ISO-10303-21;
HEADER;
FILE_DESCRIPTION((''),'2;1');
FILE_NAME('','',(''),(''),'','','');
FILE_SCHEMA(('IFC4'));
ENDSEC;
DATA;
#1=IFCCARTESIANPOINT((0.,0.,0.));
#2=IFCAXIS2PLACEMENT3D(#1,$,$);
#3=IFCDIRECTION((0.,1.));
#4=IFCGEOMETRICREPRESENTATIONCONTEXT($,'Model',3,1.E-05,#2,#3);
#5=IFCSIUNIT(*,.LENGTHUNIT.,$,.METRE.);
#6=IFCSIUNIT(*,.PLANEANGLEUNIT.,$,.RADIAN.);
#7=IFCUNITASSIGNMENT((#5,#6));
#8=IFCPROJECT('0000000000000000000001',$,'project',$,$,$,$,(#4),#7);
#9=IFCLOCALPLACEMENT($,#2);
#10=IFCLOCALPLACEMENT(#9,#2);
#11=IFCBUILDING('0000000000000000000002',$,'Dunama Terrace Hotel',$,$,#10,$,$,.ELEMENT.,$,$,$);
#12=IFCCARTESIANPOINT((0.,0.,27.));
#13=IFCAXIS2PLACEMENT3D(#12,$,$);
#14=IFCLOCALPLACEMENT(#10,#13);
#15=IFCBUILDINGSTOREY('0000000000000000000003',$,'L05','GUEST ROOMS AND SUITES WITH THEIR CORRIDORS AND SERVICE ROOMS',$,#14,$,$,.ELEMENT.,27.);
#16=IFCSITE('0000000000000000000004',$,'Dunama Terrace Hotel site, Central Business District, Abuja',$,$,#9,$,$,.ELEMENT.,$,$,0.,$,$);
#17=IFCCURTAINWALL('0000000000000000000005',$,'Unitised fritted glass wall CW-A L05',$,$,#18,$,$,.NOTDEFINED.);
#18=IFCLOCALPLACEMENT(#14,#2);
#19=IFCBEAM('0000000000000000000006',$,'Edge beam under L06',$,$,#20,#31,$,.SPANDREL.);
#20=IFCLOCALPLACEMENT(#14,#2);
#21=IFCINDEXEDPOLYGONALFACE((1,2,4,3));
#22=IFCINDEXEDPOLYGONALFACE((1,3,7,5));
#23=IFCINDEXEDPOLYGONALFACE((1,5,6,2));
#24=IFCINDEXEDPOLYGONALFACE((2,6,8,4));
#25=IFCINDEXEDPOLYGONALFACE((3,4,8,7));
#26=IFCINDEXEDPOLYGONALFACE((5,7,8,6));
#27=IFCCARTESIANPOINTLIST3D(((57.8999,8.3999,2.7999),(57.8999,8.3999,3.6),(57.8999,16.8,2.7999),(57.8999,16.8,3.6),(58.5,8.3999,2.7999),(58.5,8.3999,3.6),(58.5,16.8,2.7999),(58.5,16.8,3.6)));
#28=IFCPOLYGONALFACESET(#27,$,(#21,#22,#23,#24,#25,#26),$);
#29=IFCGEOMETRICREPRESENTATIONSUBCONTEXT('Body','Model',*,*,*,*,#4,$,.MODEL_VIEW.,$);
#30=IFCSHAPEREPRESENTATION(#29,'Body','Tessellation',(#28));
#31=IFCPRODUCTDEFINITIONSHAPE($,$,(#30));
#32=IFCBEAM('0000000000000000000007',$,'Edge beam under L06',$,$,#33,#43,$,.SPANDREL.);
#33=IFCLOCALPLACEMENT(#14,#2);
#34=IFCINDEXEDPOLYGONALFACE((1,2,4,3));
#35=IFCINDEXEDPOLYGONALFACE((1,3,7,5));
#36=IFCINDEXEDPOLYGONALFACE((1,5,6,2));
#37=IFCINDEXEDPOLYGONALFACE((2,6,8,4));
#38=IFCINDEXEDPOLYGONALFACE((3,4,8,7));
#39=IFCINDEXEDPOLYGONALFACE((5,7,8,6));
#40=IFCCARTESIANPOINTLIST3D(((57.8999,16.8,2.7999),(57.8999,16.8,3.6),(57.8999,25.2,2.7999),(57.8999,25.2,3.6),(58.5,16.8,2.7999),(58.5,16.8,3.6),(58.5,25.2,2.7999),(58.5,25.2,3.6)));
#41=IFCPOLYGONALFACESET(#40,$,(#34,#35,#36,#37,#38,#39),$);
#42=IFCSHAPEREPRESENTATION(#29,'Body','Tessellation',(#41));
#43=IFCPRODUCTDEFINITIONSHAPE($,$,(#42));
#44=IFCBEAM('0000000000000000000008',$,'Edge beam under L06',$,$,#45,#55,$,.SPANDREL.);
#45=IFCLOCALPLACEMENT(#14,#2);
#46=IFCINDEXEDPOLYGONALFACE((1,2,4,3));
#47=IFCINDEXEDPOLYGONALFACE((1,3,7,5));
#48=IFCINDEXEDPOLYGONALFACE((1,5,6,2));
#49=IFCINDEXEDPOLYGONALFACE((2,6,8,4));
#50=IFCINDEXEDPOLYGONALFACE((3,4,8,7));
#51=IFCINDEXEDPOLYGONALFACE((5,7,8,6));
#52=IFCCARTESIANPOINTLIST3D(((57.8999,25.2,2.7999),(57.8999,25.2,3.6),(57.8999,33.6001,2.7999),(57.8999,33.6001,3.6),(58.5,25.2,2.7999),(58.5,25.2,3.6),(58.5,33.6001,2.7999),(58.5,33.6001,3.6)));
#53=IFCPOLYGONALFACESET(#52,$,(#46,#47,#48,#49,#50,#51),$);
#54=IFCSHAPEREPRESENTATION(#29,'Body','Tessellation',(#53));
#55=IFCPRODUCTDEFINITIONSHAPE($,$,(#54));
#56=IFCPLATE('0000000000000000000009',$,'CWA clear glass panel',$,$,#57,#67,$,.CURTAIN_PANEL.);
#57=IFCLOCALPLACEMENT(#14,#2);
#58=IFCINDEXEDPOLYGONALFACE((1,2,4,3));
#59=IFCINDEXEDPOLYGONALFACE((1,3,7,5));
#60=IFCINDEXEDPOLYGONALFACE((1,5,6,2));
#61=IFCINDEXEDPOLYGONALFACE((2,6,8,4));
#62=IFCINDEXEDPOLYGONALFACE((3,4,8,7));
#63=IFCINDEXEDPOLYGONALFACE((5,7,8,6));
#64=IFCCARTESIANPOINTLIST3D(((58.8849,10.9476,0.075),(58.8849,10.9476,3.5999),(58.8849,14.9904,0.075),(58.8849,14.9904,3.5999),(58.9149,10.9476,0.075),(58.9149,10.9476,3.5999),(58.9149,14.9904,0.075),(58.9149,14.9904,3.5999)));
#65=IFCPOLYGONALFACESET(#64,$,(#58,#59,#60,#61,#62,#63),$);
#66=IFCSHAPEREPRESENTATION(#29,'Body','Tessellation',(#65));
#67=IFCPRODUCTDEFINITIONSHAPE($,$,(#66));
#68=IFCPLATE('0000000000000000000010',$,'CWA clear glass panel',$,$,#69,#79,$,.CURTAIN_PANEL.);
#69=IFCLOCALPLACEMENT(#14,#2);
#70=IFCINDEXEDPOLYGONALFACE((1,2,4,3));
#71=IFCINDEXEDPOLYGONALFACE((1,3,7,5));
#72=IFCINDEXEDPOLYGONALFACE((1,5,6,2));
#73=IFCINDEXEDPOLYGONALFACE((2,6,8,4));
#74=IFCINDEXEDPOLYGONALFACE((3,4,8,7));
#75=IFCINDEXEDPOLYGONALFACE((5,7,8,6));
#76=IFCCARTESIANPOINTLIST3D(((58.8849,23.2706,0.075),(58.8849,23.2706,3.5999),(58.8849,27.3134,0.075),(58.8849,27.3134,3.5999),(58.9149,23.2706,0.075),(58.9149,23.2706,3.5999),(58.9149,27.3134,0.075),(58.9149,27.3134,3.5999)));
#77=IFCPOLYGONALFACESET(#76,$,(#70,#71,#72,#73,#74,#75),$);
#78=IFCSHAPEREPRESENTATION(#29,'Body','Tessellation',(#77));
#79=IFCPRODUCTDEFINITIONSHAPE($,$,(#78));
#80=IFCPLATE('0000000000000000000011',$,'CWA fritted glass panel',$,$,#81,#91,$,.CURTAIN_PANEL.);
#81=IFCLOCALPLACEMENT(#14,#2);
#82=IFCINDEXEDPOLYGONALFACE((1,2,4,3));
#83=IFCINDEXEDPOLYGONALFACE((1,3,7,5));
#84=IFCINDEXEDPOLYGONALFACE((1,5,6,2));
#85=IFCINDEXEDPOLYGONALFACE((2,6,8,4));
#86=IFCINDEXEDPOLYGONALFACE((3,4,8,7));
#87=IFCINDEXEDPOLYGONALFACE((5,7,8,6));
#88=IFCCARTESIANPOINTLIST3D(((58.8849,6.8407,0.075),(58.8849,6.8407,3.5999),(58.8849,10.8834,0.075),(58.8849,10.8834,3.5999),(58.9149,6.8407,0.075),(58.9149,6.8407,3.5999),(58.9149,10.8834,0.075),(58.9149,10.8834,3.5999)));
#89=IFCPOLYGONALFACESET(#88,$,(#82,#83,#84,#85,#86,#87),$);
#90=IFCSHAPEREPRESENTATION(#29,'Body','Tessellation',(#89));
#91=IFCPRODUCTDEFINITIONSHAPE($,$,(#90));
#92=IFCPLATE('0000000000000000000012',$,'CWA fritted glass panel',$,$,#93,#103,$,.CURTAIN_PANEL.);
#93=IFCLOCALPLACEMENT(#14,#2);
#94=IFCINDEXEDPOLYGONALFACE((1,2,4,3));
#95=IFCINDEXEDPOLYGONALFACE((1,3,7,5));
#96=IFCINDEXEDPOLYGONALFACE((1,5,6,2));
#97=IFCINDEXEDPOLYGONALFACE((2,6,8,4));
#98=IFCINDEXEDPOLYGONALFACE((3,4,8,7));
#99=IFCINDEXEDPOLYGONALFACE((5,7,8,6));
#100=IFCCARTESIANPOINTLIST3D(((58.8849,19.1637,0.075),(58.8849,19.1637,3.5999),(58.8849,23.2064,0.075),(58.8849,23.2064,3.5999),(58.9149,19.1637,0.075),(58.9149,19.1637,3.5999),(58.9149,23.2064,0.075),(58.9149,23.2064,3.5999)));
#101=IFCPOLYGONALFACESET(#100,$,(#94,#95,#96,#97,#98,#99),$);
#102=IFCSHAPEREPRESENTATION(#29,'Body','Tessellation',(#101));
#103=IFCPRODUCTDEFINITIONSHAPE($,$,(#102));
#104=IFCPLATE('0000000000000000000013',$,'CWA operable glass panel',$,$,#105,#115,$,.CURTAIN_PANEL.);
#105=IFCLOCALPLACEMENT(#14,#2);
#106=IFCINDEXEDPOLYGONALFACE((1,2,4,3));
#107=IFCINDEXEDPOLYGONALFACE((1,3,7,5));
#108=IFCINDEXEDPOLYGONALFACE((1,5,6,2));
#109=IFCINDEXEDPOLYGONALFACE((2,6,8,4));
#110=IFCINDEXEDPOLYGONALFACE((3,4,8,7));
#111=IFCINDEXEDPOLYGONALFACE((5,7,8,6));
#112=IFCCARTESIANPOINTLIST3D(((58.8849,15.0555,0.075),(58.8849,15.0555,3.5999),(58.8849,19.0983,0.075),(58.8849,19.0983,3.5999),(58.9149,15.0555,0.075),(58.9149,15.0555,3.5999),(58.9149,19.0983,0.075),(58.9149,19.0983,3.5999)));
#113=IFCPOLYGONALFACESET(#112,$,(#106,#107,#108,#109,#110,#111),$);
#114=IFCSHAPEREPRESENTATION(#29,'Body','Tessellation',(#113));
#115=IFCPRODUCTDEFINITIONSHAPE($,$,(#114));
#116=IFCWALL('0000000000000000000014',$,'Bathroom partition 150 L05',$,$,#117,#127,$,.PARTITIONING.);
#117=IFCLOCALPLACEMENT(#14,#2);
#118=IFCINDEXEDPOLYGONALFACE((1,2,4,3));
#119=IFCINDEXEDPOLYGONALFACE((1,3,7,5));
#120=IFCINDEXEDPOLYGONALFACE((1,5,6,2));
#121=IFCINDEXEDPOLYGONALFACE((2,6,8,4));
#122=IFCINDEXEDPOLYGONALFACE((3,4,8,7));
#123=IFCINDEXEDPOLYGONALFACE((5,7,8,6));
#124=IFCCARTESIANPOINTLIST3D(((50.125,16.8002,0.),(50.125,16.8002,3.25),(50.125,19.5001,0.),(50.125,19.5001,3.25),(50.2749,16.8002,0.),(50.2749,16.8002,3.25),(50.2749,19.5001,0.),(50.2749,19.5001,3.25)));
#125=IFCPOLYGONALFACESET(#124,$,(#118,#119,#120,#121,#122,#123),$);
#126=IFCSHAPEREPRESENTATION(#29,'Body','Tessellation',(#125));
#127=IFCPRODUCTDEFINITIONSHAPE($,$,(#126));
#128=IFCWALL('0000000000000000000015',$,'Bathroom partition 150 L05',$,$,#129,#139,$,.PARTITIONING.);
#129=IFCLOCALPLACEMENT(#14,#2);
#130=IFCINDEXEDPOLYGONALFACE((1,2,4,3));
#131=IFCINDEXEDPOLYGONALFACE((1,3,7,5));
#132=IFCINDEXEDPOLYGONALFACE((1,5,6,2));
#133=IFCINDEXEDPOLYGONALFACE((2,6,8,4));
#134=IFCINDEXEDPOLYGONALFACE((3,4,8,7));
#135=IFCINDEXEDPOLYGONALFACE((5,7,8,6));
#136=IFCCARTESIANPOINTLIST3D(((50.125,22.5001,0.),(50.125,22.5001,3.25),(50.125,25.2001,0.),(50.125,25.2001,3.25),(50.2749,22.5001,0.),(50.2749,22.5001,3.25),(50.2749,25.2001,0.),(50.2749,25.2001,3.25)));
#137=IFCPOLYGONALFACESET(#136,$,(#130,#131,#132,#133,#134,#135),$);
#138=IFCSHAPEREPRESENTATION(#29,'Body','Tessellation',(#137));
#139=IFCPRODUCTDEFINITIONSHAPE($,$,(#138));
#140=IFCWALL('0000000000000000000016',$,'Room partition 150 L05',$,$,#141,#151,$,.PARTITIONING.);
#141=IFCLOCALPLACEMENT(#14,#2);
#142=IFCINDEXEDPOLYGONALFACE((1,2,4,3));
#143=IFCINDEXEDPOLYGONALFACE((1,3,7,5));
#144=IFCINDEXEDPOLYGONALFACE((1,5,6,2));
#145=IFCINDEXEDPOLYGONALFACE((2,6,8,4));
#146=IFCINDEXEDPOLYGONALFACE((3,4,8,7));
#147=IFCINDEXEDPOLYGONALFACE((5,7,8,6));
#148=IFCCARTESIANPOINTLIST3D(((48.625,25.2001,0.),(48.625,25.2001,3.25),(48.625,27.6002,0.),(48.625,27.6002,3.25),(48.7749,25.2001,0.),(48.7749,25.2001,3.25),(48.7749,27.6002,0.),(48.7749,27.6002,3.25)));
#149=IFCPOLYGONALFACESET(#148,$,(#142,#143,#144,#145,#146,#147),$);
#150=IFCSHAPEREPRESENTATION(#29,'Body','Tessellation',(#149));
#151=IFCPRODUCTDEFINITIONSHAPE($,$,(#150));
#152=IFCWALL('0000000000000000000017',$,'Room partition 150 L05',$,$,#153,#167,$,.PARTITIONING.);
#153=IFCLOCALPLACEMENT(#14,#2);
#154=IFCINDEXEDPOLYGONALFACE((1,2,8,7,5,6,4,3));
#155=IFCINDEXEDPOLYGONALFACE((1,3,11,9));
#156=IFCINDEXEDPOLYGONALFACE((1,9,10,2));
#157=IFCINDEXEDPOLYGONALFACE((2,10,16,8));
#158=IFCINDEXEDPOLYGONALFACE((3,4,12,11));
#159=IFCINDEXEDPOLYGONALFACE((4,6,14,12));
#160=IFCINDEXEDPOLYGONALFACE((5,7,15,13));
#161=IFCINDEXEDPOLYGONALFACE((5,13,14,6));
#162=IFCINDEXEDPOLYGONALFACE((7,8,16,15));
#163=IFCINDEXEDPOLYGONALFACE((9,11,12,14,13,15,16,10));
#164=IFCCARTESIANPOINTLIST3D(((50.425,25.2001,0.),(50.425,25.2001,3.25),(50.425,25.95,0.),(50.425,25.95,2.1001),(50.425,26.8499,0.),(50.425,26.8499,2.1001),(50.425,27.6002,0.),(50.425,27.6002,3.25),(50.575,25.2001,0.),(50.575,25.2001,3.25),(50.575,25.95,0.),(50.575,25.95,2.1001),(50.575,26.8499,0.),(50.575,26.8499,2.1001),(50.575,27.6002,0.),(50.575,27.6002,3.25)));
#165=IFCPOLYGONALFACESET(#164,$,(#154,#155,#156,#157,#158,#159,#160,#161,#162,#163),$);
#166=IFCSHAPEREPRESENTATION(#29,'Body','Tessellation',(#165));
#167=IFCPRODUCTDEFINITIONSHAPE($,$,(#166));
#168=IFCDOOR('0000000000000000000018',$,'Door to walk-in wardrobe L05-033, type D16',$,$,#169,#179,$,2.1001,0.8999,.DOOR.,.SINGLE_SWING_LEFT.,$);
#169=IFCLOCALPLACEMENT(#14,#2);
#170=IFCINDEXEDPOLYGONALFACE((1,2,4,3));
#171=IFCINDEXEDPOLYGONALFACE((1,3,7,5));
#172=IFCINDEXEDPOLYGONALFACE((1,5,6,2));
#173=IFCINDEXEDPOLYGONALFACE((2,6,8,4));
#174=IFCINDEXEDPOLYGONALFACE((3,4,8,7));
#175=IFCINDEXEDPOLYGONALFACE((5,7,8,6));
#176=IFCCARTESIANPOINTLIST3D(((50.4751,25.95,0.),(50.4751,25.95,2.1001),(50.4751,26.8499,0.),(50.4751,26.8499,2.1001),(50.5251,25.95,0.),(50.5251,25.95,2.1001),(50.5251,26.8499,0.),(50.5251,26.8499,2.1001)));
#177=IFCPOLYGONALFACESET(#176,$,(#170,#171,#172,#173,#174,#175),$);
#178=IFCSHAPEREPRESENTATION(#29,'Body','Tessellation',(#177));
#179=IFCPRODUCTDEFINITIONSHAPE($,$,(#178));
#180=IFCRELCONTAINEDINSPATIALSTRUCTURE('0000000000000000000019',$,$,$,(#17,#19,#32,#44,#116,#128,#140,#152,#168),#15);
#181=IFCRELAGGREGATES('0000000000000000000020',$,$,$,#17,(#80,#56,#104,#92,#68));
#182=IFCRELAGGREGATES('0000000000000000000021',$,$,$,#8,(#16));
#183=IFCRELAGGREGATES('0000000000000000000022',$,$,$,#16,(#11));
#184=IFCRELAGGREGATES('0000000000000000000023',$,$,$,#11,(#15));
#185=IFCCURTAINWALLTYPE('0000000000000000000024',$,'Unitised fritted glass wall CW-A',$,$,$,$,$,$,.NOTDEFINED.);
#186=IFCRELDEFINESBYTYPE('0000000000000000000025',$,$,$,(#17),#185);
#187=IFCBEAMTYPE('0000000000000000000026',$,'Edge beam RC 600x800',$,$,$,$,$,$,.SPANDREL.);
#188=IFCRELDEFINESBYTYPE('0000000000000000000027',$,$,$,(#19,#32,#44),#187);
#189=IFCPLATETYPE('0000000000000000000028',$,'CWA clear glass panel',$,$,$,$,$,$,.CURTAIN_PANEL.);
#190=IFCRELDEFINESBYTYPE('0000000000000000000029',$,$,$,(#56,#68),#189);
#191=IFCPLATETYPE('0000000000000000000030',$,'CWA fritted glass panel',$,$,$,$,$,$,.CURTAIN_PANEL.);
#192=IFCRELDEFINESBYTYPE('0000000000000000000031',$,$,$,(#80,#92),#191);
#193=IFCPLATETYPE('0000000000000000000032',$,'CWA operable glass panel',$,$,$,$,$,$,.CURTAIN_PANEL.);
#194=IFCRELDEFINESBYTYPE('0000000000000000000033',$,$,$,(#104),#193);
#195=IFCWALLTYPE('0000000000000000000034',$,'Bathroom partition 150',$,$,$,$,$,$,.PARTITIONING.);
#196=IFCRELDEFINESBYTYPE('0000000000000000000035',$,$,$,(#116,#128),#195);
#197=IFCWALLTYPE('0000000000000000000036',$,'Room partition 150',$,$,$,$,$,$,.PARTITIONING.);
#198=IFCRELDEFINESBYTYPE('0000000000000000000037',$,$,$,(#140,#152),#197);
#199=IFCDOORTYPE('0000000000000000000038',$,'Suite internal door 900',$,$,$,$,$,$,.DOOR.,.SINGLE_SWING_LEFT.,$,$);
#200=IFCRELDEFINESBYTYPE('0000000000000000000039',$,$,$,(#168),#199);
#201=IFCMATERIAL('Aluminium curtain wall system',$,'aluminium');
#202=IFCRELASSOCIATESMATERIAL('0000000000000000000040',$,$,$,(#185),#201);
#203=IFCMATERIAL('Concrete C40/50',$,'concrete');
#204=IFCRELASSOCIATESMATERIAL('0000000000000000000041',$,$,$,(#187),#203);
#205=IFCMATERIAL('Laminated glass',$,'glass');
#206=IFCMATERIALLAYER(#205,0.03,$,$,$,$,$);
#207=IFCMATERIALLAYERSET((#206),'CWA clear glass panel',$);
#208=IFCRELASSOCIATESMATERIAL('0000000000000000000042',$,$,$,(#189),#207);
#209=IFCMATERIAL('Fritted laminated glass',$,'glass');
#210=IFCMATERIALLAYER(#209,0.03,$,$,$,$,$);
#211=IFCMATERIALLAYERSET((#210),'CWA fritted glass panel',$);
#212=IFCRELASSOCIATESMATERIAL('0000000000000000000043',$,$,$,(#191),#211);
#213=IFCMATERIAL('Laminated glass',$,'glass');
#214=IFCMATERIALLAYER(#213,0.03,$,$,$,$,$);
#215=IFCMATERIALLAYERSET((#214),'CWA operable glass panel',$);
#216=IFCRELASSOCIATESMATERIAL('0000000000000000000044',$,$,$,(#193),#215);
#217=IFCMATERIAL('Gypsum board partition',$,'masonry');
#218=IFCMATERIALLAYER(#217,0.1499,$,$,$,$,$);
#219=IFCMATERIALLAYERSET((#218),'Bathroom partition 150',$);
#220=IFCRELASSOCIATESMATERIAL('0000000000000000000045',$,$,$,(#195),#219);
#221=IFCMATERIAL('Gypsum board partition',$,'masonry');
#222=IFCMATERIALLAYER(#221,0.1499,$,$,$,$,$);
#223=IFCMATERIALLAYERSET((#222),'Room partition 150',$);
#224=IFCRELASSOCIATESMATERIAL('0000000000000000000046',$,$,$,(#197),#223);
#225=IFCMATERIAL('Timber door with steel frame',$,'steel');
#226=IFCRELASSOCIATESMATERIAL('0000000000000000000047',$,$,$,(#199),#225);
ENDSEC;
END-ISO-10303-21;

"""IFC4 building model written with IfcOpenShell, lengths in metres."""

from ifc_helpers import new_model, si_unit, direction, frame, frame_2d, origin, origin_2d, place, context, subcontext, project, spatial, rectangle, extrude, material, layer, layer_set, material_profile, profile_set, type_object, element, fill, aggregate, save


model = new_model("IFC4")

# Units and contexts
model_context = context("Model", 3, precision=1e-05, world=origin(), true_north=direction((0.0, 1.0)))
body_context = subcontext(model_context, "Body", "Model", "MODEL_VIEW")
ifc_project = project(units=[si_unit("LENGTHUNIT", "METRE"), si_unit("PLANEANGLEUNIT", "RADIAN")], contexts=[model_context])

# Site, building, storey
site_placement = place(None, origin())
site = spatial("IfcSite", under=ifc_project, at=site_placement, Name="Dunama Terrace Hotel site, Central Business District, Abuja", CompositionType="ELEMENT", RefElevation=0.0)
building_placement = place(site_placement, origin())
building = spatial("IfcBuilding", under=site, at=building_placement, Name="Dunama Terrace Hotel", CompositionType="ELEMENT")
storey_placement = place(building_placement, frame((0.0, 0.0, 27.0)))
storey = spatial("IfcBuildingStorey", under=building, at=storey_placement, Name="L05", Description="GUEST ROOMS AND SUITES WITH THEIR CORRIDORS AND SERVICE ROOMS", CompositionType="ELEMENT", Elevation=27.0)

# Curtain wall
ifc_material_1 = material(Name="Aluminium curtain wall system", Category="aluminium")
curtain_wall_type = type_object("IfcCurtainWallType", Name="Unitised fritted glass wall CW-A", PredefinedType="NOTDEFINED", material=ifc_material_1)
curtain_wall_placement = place(storey_placement, origin())
curtain_wall = element("IfcCurtainWall", 1, at=curtain_wall_placement, inside=storey, type_object=curtain_wall_type, Name="Unitised fritted glass wall CW-A L05", PredefinedType="NOTDEFINED")

# Beams
ifc_material_2 = material(Name="Concrete C40/50", Category="concrete")
ifc_material_profile_1 = material_profile(ifc_material_2, rectangle(XDim=0.6001, YDim=0.8, at=origin_2d()), Name="RC 600x800")
ifc_profile_set_1 = profile_set([ifc_material_profile_1], Name="Concrete C40/50")
beam_type = type_object("IfcBeamType", Name="Edge beam RC 600x800", PredefinedType="SPANDREL", material=ifc_profile_set_1)
beam_1_placement = place(storey_placement, frame((58.2, 8.3999, 3.2), z_axis=(0.0, 1.0, 0.0), x_axis=(-1.0, 0.0, 0.0)))
element("IfcBeam", 2, at=beam_1_placement, inside=storey, type_object=beam_type, Name="Edge beam under L06", PredefinedType="SPANDREL", context=body_context, shape_type="SweptSolid", body=[
    extrude(rectangle(XDim=0.6001, YDim=0.8, at=origin_2d()), origin(), (0.0, 0.0, 1.0), 8.4001),
])
beam_2_placement = place(storey_placement, frame((58.2, 16.8, 3.2), z_axis=(0.0, 1.0, 0.0), x_axis=(-1.0, 0.0, 0.0)))
element("IfcBeam", 3, at=beam_2_placement, inside=storey, type_object=beam_type, Name="Edge beam under L06", PredefinedType="SPANDREL", context=body_context, shape_type="SweptSolid", body=[
    extrude(rectangle(XDim=0.6001, YDim=0.8, at=origin_2d()), origin(), (0.0, 0.0, 1.0), 8.3999),
])
beam_3_placement = place(storey_placement, frame((58.2, 25.2, 3.2), z_axis=(0.0, 1.0, 0.0), x_axis=(-1.0, 0.0, 0.0)))
element("IfcBeam", 4, at=beam_3_placement, inside=storey, type_object=beam_type, Name="Edge beam under L06", PredefinedType="SPANDREL", context=body_context, shape_type="SweptSolid", body=[
    extrude(rectangle(XDim=0.6001, YDim=0.8, at=origin_2d()), origin(), (0.0, 0.0, 1.0), 8.4001),
])

# Plates
ifc_material_3 = material(Name="Laminated glass", Category="glass")
ifc_layer_1 = layer(ifc_material_3, 0.03)
ifc_layer_set_1 = layer_set([ifc_layer_1], Name="CWA clear glass panel")
plate_type_1 = type_object("IfcPlateType", Name="CWA clear glass panel", PredefinedType="CURTAIN_PANEL", material=ifc_layer_set_1)
plate_1_placement = place(storey_placement, frame((58.8999, 12.969, 0.075), z_axis=(0.0, 0.0, 1.0), x_axis=(0.0, 1.0, 0.0)))
plate_1 = element("IfcPlate", 5, at=plate_1_placement, type_object=plate_type_1, Name="CWA clear glass panel", PredefinedType="CURTAIN_PANEL", context=body_context, shape_type="SweptSolid", body=[
    extrude(rectangle(XDim=4.0427, YDim=0.03, at=origin_2d()), origin(), (0.0, 0.0, 1.0), 3.5249),
])
plate_2_placement = place(storey_placement, frame((58.8999, 25.292, 0.075), z_axis=(0.0, 0.0, 1.0), x_axis=(0.0, 1.0, 0.0)))
plate_2 = element("IfcPlate", 6, at=plate_2_placement, type_object=plate_type_1, Name="CWA clear glass panel", PredefinedType="CURTAIN_PANEL", context=body_context, shape_type="SweptSolid", body=[
    extrude(rectangle(XDim=4.0427, YDim=0.03, at=origin_2d()), origin(), (0.0, 0.0, 1.0), 3.5249),
])
ifc_material_4 = material(Name="Fritted laminated glass", Category="glass")
ifc_layer_2 = layer(ifc_material_4, 0.03)
ifc_layer_set_2 = layer_set([ifc_layer_2], Name="CWA fritted glass panel")
plate_type_2 = type_object("IfcPlateType", Name="CWA fritted glass panel", PredefinedType="CURTAIN_PANEL", material=ifc_layer_set_2)
plate_3_placement = place(storey_placement, frame((58.8999, 8.8621, 0.075), z_axis=(0.0, 0.0, 1.0), x_axis=(0.0, 1.0, 0.0)))
plate_3 = element("IfcPlate", 7, at=plate_3_placement, type_object=plate_type_2, Name="CWA fritted glass panel", PredefinedType="CURTAIN_PANEL", context=body_context, shape_type="SweptSolid", body=[
    extrude(rectangle(XDim=4.0427, YDim=0.03, at=origin_2d()), origin(), (0.0, 0.0, 1.0), 3.5249),
])
plate_4_placement = place(storey_placement, frame((58.8999, 21.1851, 0.075), z_axis=(0.0, 0.0, 1.0), x_axis=(0.0, 1.0, 0.0)))
plate_4 = element("IfcPlate", 8, at=plate_4_placement, type_object=plate_type_2, Name="CWA fritted glass panel", PredefinedType="CURTAIN_PANEL", context=body_context, shape_type="SweptSolid", body=[
    extrude(rectangle(XDim=4.0427, YDim=0.03, at=origin_2d()), origin(), (0.0, 0.0, 1.0), 3.5249),
])
ifc_material_5 = material(Name="Laminated glass", Category="glass")
ifc_layer_3 = layer(ifc_material_5, 0.03)
ifc_layer_set_3 = layer_set([ifc_layer_3], Name="CWA operable glass panel")
plate_type_3 = type_object("IfcPlateType", Name="CWA operable glass panel", PredefinedType="CURTAIN_PANEL", material=ifc_layer_set_3)
plate_5_placement = place(storey_placement, frame((58.8999, 17.0769, 0.075), z_axis=(0.0, 0.0, 1.0), x_axis=(0.0, 1.0, 0.0)))
plate_5 = element("IfcPlate", 9, at=plate_5_placement, type_object=plate_type_3, Name="CWA operable glass panel", PredefinedType="CURTAIN_PANEL", context=body_context, shape_type="SweptSolid", body=[
    extrude(rectangle(XDim=4.0427, YDim=0.03, at=origin_2d()), origin(), (0.0, 0.0, 1.0), 3.5249),
])
aggregate(curtain_wall, [plate_3, plate_1, plate_5, plate_4, plate_2])

# Walls
ifc_material_6 = material(Name="Gypsum board partition", Category="masonry")
ifc_layer_4 = layer(ifc_material_6, 0.1499)
ifc_layer_set_4 = layer_set([ifc_layer_4], Name="Bathroom partition 150")
wall_type_1 = type_object("IfcWallType", Name="Bathroom partition 150", PredefinedType="PARTITIONING", material=ifc_layer_set_4)
for number, where, z_axis, x_axis, name in (
    (10, (50.2, 16.8, 0.0), (0.0, 0.0, 1.0), (0.0, 1.0, 0.0), "Bathroom partition 150 L05"),
    (11, (50.2, 22.5, 0.0), (0.0, 0.0, 1.0), (0.0, 1.0, 0.0), "Bathroom partition 150 L05"),
):
    element("IfcWall", number, at=place(storey_placement, frame(where, z_axis=z_axis, x_axis=x_axis)), inside=storey, type_object=wall_type_1, Name=name, PredefinedType="PARTITIONING", context=body_context, shape_type="SweptSolid", body=[
        extrude(rectangle(XDim=2.7, YDim=0.1499, at=frame_2d((1.3501, 0.0))), origin(), (0.0, 0.0, 1.0), 3.25),
    ])
ifc_material_7 = material(Name="Gypsum board partition", Category="masonry")
ifc_layer_5 = layer(ifc_material_7, 0.1499)
ifc_layer_set_5 = layer_set([ifc_layer_5], Name="Room partition 150")
wall_type_2 = type_object("IfcWallType", Name="Room partition 150", PredefinedType="PARTITIONING", material=ifc_layer_set_5)
wall_1_placement = place(storey_placement, frame((48.7, 25.2, 0.0), z_axis=(0.0, 0.0, 1.0), x_axis=(0.0, 1.0, 0.0)))
element("IfcWall", 12, at=wall_1_placement, inside=storey, type_object=wall_type_2, Name="Room partition 150 L05", PredefinedType="PARTITIONING", context=body_context, shape_type="SweptSolid", body=[
    extrude(rectangle(XDim=2.4001, YDim=0.1499, at=frame_2d((1.2002, 0.0))), origin(), (0.0, 0.0, 1.0), 3.25),
])

# Wall, opening, door
wall_2_placement = place(storey_placement, frame((50.5, 25.2, 0.0), z_axis=(0.0, 0.0, 1.0), x_axis=(0.0, 1.0, 0.0)))
wall_2 = element("IfcWall", 13, at=wall_2_placement, inside=storey, type_object=wall_type_2, Name="Room partition 150 L05", PredefinedType="PARTITIONING", context=body_context, shape_type="SweptSolid", body=[
    extrude(rectangle(XDim=2.4001, YDim=0.1499, at=frame_2d((1.2002, 0.0))), origin(), (0.0, 0.0, 1.0), 3.25),
])
opening_placement = place(wall_2_placement, frame((0.75, 0.0, 0.0)))
opening = element("IfcOpeningElement", 14, at=opening_placement, cuts=wall_2, PredefinedType="OPENING", context=body_context, shape_type="SweptSolid", body=[
    extrude(rectangle(XDim=0.8999, YDim=2.1001, at=frame_2d((0.45, 1.05))), frame((0.0, 0.085, 0.0), z_axis=(0.0, -1.0, 0.0), x_axis=(1.0, 0.0, 0.0)), (0.0, 0.0, 1.0), 0.1699),
])
ifc_material_8 = material(Name="Timber door with steel frame", Category="steel")
door_type = type_object("IfcDoorType", Name="Suite internal door 900", OperationType="SINGLE_SWING_LEFT", PredefinedType="DOOR", material=ifc_material_8)
door_placement = place(opening_placement, origin())
door = element("IfcDoor", 15, at=door_placement, inside=storey, type_object=door_type, Name="Door to walk-in wardrobe L05-033, type D16", OperationType="SINGLE_SWING_LEFT", OverallHeight=2.1001, OverallWidth=0.8999, PredefinedType="DOOR", context=body_context, shape_type="SweptSolid", body=[
    extrude(rectangle(XDim=0.8999, YDim=2.1001, at=frame_2d((0.45, 1.05))), frame((0.0, 0.0249, 0.0), z_axis=(0.0, -1.0, 0.0), x_axis=(1.0, 0.0, 0.0)), (0.0, 0.0, 1.0), 0.05),
])
fill(opening, door)

save(model, "model.ifc")
